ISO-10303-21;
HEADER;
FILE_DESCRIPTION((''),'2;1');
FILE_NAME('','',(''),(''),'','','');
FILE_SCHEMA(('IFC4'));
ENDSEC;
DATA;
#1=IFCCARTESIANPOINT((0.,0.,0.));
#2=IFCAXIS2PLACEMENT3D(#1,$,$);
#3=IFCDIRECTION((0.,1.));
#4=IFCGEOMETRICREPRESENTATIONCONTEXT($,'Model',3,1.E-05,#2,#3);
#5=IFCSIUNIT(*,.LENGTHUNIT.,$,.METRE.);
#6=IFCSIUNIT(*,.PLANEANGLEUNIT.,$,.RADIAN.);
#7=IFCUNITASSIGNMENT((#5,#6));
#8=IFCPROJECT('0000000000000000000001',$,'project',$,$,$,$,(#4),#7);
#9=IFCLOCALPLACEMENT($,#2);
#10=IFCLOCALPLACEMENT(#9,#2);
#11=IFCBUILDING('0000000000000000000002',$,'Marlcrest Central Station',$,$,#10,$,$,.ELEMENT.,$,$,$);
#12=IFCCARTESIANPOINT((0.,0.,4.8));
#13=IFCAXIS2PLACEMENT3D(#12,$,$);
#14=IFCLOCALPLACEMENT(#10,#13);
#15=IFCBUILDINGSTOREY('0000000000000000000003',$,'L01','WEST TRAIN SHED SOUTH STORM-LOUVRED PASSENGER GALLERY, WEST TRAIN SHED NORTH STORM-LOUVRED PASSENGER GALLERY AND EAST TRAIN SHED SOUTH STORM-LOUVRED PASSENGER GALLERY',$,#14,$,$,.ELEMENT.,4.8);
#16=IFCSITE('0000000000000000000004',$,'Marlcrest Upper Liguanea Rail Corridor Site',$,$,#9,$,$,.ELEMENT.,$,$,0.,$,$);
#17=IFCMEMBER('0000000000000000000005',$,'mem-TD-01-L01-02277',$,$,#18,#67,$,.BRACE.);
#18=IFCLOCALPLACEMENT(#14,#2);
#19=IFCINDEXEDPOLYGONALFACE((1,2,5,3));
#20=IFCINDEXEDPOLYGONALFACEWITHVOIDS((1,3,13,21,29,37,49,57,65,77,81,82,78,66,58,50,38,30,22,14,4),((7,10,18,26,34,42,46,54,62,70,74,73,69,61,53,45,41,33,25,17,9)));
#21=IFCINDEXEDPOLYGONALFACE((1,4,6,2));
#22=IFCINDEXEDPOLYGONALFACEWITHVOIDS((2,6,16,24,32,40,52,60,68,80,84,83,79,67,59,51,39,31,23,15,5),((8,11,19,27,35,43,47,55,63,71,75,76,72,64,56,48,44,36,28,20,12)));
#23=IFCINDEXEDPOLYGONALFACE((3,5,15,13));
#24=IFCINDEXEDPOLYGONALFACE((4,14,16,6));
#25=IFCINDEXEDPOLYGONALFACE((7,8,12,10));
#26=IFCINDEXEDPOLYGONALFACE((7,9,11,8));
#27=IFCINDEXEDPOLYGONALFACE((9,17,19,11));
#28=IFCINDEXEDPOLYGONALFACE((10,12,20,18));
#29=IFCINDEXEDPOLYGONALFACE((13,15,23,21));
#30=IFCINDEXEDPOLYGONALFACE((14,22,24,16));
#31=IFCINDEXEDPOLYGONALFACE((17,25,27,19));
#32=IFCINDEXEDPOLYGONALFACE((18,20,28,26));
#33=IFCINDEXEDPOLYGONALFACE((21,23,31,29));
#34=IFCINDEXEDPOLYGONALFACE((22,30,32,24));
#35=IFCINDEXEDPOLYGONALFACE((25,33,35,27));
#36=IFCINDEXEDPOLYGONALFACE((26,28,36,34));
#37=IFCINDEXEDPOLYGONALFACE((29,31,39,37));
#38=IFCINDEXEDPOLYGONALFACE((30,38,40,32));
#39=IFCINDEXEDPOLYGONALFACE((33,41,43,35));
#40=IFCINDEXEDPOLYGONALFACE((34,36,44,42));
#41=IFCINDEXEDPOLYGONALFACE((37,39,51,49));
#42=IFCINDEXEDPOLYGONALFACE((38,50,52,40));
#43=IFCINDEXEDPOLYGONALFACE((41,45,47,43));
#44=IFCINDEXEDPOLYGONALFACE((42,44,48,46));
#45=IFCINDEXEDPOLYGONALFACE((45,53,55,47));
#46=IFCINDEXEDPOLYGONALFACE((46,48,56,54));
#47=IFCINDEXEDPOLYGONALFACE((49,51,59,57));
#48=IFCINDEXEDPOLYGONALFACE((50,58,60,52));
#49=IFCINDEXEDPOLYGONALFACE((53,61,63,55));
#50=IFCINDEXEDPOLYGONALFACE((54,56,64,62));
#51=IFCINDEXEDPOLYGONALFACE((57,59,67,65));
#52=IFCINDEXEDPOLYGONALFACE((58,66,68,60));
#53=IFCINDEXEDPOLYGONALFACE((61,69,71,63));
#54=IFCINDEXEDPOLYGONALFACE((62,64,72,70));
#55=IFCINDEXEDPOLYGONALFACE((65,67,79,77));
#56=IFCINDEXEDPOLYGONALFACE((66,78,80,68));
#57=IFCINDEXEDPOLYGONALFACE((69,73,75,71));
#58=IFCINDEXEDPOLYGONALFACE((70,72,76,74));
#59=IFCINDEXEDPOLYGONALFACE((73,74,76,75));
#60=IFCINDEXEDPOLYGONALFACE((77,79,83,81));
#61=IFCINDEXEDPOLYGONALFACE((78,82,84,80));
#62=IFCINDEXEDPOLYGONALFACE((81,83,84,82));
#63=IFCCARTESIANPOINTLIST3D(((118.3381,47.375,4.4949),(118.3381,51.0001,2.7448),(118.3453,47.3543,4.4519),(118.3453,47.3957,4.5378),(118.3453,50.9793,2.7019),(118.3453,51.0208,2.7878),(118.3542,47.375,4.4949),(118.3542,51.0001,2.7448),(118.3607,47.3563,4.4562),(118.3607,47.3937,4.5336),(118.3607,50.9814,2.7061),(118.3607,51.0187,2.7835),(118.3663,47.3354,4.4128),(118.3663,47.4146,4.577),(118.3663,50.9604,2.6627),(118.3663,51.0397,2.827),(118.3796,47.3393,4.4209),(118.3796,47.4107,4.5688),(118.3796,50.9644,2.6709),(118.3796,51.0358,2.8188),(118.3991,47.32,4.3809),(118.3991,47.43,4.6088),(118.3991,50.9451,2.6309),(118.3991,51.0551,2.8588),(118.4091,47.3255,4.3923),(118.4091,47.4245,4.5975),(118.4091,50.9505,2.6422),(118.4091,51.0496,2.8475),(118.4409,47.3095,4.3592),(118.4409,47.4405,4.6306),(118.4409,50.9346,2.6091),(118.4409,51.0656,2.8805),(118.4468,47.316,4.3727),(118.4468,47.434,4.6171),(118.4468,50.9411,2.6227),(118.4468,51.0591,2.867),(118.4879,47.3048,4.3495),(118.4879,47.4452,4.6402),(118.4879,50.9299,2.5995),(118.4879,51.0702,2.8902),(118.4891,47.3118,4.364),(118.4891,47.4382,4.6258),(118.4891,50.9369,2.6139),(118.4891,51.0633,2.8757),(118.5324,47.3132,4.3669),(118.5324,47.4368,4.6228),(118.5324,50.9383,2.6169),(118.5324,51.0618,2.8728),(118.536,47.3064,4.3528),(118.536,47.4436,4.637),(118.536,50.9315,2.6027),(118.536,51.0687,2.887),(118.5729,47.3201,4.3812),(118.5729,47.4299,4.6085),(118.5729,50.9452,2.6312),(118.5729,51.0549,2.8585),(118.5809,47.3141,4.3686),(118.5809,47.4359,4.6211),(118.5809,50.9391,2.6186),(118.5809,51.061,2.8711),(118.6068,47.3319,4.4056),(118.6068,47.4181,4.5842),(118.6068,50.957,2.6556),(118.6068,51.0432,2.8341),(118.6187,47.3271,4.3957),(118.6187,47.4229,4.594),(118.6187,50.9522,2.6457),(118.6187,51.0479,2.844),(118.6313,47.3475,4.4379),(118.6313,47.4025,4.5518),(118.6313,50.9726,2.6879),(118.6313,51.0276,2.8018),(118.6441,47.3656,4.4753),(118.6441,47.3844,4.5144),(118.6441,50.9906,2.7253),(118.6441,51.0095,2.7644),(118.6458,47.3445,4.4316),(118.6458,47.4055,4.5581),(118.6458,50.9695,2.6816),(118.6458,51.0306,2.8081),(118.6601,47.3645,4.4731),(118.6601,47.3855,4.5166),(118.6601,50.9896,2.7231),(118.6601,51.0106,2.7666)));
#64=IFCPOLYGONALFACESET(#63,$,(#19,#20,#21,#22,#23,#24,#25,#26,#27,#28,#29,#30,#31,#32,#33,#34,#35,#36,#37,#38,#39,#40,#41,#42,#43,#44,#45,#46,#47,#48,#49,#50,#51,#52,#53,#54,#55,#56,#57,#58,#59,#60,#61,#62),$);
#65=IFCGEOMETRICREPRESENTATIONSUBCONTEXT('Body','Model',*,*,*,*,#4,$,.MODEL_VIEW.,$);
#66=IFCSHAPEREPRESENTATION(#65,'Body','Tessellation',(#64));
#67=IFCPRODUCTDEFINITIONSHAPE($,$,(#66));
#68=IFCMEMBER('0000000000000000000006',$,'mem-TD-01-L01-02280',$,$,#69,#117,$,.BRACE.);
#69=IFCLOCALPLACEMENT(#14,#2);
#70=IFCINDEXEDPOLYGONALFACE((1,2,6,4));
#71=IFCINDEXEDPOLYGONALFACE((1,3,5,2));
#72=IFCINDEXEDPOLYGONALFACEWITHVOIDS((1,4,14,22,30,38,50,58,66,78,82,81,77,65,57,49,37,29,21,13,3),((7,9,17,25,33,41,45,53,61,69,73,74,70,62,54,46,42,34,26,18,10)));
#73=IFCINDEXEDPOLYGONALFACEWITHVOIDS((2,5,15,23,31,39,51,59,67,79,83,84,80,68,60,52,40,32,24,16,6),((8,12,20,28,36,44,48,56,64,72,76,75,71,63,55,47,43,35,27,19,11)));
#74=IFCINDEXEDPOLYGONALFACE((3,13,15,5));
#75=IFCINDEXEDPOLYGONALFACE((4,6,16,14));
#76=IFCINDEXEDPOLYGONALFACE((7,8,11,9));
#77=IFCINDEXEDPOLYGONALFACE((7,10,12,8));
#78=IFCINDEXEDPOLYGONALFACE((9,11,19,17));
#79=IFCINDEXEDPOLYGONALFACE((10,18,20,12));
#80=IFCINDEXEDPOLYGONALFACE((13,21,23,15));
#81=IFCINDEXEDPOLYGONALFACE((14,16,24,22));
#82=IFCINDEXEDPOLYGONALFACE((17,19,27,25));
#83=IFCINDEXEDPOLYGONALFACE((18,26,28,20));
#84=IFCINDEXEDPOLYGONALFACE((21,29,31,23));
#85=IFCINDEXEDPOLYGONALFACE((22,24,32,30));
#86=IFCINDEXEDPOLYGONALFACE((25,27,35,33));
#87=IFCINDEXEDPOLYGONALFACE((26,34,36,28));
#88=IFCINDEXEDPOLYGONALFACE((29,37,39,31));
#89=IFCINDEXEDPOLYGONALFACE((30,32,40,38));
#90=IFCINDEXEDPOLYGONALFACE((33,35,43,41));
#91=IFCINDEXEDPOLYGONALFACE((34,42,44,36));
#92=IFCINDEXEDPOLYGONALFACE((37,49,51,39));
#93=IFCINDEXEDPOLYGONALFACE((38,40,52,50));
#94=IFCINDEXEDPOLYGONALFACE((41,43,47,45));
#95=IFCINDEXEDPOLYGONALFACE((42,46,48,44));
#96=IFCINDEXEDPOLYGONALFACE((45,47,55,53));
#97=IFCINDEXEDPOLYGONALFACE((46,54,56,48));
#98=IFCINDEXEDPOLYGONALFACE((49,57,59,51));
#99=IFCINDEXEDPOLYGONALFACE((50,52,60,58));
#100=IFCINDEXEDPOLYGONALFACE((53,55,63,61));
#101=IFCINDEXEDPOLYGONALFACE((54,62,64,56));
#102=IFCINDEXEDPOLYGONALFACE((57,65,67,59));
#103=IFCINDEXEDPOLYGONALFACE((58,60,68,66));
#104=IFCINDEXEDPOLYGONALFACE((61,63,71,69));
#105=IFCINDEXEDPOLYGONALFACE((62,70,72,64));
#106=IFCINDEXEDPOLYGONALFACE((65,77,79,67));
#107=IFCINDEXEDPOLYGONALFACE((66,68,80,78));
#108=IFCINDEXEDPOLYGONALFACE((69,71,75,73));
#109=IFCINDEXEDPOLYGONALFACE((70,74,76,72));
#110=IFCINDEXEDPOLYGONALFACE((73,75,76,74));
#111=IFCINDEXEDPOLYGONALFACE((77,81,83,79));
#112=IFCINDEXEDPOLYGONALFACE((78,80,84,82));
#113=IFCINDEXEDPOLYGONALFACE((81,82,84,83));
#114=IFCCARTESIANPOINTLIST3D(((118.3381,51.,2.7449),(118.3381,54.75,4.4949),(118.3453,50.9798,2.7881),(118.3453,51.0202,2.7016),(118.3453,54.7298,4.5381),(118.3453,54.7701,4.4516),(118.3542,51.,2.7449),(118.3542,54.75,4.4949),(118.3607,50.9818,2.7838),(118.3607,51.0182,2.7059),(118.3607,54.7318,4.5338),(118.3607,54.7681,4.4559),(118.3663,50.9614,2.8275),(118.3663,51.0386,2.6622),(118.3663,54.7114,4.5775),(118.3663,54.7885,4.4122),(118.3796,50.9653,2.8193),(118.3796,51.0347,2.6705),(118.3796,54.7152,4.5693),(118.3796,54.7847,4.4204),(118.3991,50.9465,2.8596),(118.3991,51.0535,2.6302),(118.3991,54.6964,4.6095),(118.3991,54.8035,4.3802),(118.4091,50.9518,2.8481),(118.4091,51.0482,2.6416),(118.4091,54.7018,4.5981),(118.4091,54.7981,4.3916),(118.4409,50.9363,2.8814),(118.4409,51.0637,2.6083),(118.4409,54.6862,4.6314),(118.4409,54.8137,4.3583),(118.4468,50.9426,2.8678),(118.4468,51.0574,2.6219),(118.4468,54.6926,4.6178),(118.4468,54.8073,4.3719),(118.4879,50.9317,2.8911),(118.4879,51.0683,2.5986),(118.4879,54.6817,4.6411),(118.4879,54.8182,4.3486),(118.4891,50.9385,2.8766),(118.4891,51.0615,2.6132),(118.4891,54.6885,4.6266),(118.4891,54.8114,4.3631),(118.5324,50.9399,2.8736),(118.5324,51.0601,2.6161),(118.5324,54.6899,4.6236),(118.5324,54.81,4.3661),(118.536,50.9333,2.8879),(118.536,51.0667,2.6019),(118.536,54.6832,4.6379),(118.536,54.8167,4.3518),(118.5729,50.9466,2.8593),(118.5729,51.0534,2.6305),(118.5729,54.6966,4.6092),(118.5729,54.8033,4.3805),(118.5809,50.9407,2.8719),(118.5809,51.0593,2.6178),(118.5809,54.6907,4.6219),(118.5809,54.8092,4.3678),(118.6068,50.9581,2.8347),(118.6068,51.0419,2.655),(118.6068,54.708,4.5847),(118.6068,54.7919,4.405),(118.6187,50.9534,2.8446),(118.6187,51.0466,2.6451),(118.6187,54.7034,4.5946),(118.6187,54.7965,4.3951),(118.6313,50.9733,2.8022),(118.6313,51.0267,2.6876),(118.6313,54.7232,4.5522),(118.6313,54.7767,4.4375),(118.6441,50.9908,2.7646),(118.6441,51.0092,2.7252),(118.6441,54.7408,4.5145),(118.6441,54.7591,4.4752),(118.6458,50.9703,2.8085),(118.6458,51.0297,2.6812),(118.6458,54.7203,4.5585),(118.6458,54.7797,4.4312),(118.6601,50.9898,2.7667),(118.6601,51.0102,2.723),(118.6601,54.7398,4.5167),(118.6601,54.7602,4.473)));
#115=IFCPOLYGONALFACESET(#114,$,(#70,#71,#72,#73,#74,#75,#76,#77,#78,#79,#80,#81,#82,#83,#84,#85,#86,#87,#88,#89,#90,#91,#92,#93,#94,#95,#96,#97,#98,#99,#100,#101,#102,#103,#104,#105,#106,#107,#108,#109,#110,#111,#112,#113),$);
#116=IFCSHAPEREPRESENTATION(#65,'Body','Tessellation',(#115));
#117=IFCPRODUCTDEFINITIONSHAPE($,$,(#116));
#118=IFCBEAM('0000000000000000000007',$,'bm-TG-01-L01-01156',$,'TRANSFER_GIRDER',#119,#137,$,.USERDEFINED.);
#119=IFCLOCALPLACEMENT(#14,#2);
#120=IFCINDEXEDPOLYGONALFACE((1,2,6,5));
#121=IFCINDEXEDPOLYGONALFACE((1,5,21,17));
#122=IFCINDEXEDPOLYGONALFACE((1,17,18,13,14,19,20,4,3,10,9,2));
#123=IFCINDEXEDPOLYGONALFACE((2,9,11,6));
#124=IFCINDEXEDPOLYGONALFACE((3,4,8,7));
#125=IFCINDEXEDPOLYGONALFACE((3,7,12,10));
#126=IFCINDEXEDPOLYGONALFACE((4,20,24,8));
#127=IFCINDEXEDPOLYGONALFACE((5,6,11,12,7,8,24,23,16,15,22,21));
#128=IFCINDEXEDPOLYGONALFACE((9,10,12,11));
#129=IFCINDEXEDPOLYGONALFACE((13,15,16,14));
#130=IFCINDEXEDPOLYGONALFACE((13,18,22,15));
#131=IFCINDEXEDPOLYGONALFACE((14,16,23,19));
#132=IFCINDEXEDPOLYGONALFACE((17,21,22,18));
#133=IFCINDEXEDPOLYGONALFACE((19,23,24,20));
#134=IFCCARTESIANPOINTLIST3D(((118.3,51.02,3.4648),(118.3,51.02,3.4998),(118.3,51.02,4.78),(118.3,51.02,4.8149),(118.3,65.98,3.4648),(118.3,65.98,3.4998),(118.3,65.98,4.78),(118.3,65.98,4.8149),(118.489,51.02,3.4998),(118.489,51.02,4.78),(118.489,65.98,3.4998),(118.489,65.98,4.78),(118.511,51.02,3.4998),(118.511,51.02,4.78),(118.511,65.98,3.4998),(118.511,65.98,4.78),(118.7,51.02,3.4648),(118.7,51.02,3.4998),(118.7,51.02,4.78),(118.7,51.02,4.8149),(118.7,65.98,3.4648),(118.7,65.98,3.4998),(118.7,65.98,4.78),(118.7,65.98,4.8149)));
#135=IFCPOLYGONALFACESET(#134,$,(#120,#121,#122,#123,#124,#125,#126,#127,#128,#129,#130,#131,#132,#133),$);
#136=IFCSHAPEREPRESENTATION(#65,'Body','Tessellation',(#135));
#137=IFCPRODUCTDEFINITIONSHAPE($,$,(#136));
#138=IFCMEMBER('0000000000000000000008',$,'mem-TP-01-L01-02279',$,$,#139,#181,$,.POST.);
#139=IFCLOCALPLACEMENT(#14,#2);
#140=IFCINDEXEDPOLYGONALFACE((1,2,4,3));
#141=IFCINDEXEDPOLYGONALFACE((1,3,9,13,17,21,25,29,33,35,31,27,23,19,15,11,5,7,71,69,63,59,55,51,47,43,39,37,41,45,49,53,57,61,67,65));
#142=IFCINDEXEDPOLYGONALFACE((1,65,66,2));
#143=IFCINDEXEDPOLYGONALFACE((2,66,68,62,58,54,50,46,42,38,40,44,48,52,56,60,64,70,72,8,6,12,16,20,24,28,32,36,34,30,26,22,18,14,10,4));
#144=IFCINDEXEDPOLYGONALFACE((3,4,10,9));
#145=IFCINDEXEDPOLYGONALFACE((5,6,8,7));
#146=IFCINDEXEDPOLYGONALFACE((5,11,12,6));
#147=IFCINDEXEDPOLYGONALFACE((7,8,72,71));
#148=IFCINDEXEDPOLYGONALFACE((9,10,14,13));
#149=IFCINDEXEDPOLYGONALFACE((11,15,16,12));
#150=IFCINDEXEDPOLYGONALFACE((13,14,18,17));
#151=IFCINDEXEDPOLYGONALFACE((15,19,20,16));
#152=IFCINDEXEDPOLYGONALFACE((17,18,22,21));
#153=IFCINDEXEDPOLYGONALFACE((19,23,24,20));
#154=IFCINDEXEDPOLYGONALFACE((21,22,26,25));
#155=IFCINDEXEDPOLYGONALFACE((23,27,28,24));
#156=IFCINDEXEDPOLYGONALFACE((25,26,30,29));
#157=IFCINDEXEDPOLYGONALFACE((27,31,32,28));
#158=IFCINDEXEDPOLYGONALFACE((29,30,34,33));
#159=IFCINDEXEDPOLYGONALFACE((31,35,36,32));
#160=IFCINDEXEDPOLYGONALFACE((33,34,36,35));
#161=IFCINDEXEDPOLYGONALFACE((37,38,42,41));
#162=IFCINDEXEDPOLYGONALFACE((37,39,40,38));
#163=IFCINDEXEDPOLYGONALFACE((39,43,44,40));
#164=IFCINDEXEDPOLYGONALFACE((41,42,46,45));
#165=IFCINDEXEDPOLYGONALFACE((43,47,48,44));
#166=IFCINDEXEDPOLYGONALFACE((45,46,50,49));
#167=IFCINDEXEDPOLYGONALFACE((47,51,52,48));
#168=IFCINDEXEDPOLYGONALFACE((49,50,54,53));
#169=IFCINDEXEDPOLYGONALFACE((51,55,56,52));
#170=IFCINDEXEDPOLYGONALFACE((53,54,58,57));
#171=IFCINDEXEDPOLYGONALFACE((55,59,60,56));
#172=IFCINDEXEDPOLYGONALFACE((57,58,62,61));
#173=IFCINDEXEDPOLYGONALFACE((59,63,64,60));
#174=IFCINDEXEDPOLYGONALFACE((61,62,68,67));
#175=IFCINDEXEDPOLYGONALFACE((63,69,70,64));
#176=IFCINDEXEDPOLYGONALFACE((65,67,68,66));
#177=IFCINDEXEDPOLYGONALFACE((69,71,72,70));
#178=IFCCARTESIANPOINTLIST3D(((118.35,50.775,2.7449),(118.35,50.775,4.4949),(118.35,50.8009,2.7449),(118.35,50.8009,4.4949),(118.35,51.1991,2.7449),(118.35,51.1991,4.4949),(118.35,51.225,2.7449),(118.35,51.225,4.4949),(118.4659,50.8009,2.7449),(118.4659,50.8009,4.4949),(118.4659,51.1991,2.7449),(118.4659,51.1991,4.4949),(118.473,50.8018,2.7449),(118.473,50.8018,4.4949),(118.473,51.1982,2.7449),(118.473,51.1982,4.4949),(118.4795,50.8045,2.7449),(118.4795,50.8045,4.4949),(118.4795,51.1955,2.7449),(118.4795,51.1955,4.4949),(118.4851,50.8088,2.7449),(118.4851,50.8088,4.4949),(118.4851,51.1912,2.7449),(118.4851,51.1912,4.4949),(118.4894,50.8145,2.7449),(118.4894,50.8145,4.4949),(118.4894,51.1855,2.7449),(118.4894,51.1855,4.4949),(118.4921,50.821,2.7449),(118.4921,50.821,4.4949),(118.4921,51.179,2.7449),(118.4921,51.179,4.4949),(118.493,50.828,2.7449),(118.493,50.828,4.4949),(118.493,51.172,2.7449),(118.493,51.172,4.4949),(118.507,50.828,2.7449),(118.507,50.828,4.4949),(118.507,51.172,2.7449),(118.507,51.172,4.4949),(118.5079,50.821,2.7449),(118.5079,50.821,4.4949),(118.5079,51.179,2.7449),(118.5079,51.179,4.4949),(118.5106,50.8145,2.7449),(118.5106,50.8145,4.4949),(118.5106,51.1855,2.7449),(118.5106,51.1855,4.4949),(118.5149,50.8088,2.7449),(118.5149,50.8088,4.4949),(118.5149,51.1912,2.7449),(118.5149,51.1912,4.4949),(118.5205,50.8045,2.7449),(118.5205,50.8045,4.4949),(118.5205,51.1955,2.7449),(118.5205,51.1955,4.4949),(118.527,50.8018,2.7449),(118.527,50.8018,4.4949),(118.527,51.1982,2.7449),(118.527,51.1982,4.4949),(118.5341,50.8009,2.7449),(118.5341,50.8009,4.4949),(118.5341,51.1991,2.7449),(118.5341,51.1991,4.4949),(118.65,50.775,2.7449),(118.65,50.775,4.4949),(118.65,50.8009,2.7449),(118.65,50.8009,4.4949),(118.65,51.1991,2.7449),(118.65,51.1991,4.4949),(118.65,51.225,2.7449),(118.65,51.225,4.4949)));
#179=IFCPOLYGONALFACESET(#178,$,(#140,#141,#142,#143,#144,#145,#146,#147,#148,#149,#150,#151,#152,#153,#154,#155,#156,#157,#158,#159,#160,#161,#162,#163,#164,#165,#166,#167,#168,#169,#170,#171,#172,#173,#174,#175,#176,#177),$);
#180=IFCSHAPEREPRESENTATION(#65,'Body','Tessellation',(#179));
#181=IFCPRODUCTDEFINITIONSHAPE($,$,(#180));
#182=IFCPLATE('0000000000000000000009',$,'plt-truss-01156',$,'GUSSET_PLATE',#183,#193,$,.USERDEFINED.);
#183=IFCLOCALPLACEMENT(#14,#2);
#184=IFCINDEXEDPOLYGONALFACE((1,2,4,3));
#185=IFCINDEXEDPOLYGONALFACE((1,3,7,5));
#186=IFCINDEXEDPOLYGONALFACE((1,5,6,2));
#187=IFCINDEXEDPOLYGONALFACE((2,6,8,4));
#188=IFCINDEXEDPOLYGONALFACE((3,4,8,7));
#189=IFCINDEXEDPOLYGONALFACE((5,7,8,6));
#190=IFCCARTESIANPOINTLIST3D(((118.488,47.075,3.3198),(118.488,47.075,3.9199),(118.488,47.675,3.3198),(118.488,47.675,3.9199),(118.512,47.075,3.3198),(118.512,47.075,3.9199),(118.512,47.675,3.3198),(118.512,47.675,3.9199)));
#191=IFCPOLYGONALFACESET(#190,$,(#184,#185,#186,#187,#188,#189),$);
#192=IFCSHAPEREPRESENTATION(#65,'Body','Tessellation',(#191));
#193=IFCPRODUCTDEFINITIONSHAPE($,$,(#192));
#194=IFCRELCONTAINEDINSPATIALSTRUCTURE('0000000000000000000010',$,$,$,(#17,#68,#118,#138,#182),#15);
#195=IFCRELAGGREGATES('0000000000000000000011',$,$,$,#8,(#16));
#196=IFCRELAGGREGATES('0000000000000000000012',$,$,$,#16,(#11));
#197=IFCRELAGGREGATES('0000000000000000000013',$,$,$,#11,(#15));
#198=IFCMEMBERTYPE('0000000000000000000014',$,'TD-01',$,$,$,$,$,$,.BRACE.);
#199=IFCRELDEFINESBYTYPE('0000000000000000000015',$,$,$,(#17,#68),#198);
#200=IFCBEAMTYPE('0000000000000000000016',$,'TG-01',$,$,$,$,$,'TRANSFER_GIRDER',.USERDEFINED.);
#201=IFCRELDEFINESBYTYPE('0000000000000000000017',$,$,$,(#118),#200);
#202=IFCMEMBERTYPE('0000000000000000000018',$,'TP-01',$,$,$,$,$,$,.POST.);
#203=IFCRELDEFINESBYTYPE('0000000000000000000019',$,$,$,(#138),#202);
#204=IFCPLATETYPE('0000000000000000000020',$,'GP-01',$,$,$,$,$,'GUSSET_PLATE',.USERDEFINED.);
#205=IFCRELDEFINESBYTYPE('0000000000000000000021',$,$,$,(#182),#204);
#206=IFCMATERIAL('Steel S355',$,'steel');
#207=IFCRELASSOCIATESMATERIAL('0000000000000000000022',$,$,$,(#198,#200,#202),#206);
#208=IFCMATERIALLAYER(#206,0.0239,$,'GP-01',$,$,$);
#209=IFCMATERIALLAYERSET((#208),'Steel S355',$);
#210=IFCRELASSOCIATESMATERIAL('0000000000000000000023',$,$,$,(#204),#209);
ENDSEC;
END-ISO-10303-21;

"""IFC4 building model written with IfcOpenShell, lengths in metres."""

from ifc_helpers import new_model, si_unit, direction, frame, origin, origin_2d, place, context, subcontext, project, spatial, rectangle, hollow_circle, i_section, extrude, material, layer, layer_set, material_profile, profile_set, type_object, element, save


model = new_model("IFC4")

# Units and contexts
model_context = context("Model", 3, precision=1e-05, world=origin(), true_north=direction((0.0, 1.0)))
body_context = subcontext(model_context, "Body", "Model", "MODEL_VIEW")
ifc_project = project(units=[si_unit("LENGTHUNIT", "METRE"), si_unit("PLANEANGLEUNIT", "RADIAN")], contexts=[model_context])

# Site, building, storey
site_placement = place(None, origin())
site = spatial("IfcSite", under=ifc_project, at=site_placement, Name="Marlcrest Upper Liguanea Rail Corridor Site", CompositionType="ELEMENT", RefElevation=0.0)
building_placement = place(site_placement, origin())
building = spatial("IfcBuilding", under=site, at=building_placement, Name="Marlcrest Central Station", CompositionType="ELEMENT")
storey_placement = place(building_placement, frame((0.0, 0.0, 4.8)))
storey = spatial("IfcBuildingStorey", under=building, at=storey_placement, Name="L01", Description="WEST TRAIN SHED SOUTH STORM-LOUVRED PASSENGER GALLERY, WEST TRAIN SHED NORTH STORM-LOUVRED PASSENGER GALLERY AND EAST TRAIN SHED SOUTH STORM-LOUVRED PASSENGER GALLERY", CompositionType="ELEMENT", Elevation=4.8)

# Shared definitions
ifc_material_1 = material(Name="Steel S355", Category="steel")

# Members
ifc_material_profile_1 = material_profile(ifc_material_1, hollow_circle(Radius=0.1619, WallThickness=0.0161, at=origin_2d()), Name="CHS 323.9x16")
ifc_profile_set_1 = profile_set([ifc_material_profile_1], Name="Steel S355")
member_type_1 = type_object("IfcMemberType", Name="TD-01", PredefinedType="BRACE", material=ifc_profile_set_1)
member_1_placement = place(storey_placement, frame((118.5, 47.375, 4.4949), z_axis=(0.0, 0.900552, -0.434749), x_axis=(-1.0, 0.0, 0.0)))
element("IfcMember", 1, at=member_1_placement, inside=storey, type_object=member_type_1, Name="mem-TD-01-L01-02277", PredefinedType="BRACE", context=body_context, shape_type="SweptSolid", body=[
    extrude(hollow_circle(Radius=0.1619, WallThickness=0.0161, at=origin_2d()), origin(), (0.0, 0.0, 1.0), 4.0254),
])
member_2_placement = place(storey_placement, frame((118.5, 51.0, 2.7449), z_axis=(0.0, 0.906183, 0.422885), x_axis=(-1.0, 0.0, 0.0)))
element("IfcMember", 2, at=member_2_placement, inside=storey, type_object=member_type_1, Name="mem-TD-01-L01-02280", PredefinedType="BRACE", context=body_context, shape_type="SweptSolid", body=[
    extrude(hollow_circle(Radius=0.1619, WallThickness=0.0161, at=origin_2d()), origin(), (0.0, 0.0, 1.0), 4.1382),
])

# Beam
ifc_material_profile_2 = material_profile(ifc_material_1, i_section(OverallWidth=0.3999, OverallDepth=1.3501, WebThickness=0.022, FlangeThickness=0.0349, at=origin_2d()), Name="PG 1350x400")
ifc_profile_set_2 = profile_set([ifc_material_profile_2], Name="Steel S355")
beam_type_1 = type_object("IfcBeamType", Name="TG-01", ElementType="TRANSFER_GIRDER", PredefinedType="USERDEFINED", material=ifc_profile_set_2)
beam_1_placement = place(storey_placement, frame((118.5, 51.02, 4.1399), z_axis=(0.0, 1.0, 0.0), x_axis=(-1.0, 0.0, 0.0)))
element("IfcBeam", 3, at=beam_1_placement, inside=storey, type_object=beam_type_1, Name="bm-TG-01-L01-01156", ObjectType="TRANSFER_GIRDER", PredefinedType="USERDEFINED", context=body_context, shape_type="SweptSolid", body=[
    extrude(i_section(OverallWidth=0.3999, OverallDepth=1.3501, WebThickness=0.022, FlangeThickness=0.0349, at=origin_2d()), origin(), (0.0, 0.0, 1.0), 14.96),
])

# Member
ifc_material_profile_3 = material_profile(ifc_material_1, i_section(OverallWidth=0.3, OverallDepth=0.45, WebThickness=0.0139, FlangeThickness=0.0259, FilletRadius=0.0271, at=origin_2d()), Name="HEB 450")
ifc_profile_set_3 = profile_set([ifc_material_profile_3], Name="Steel S355")
member_type_2 = type_object("IfcMemberType", Name="TP-01", PredefinedType="POST", material=ifc_profile_set_3)
member_3_placement = place(storey_placement, frame((118.5, 51.0, 2.7449), z_axis=(0.0, 0.0, 1.0), x_axis=(1.0, 0.0, 0.0)))
element("IfcMember", 4, at=member_3_placement, inside=storey, type_object=member_type_2, Name="mem-TP-01-L01-02279", PredefinedType="POST", context=body_context, shape_type="SweptSolid", body=[
    extrude(i_section(OverallWidth=0.3, OverallDepth=0.45, WebThickness=0.0139, FlangeThickness=0.0259, FilletRadius=0.0271, at=origin_2d()), origin(), (0.0, 0.0, 1.0), 1.75),
])

# Plate
ifc_layer_1 = layer(ifc_material_1, 0.0239, Name="GP-01")
ifc_layer_set_1 = layer_set([ifc_layer_1], Name="Steel S355")
plate_type_1 = type_object("IfcPlateType", Name="GP-01", ElementType="GUSSET_PLATE", PredefinedType="USERDEFINED", material=ifc_layer_set_1)
for number, where, z_axis, x_axis, name in (
    (5, (118.5, 47.375, 3.3198), (0.0, 0.0, 1.0), (1.0, 0.0, 0.0), "plt-truss-01156"),
):
    element("IfcPlate", number, at=place(storey_placement, frame(where, z_axis=z_axis, x_axis=x_axis)), inside=storey, type_object=plate_type_1, Name=name, ObjectType="GUSSET_PLATE", PredefinedType="USERDEFINED", context=body_context, shape_type="SweptSolid", body=[
        extrude(rectangle(XDim=0.0239, YDim=0.6001, at=origin_2d()), origin(), (0.0, 0.0, 1.0), 0.6001),
    ])

save(model, "model.ifc")
